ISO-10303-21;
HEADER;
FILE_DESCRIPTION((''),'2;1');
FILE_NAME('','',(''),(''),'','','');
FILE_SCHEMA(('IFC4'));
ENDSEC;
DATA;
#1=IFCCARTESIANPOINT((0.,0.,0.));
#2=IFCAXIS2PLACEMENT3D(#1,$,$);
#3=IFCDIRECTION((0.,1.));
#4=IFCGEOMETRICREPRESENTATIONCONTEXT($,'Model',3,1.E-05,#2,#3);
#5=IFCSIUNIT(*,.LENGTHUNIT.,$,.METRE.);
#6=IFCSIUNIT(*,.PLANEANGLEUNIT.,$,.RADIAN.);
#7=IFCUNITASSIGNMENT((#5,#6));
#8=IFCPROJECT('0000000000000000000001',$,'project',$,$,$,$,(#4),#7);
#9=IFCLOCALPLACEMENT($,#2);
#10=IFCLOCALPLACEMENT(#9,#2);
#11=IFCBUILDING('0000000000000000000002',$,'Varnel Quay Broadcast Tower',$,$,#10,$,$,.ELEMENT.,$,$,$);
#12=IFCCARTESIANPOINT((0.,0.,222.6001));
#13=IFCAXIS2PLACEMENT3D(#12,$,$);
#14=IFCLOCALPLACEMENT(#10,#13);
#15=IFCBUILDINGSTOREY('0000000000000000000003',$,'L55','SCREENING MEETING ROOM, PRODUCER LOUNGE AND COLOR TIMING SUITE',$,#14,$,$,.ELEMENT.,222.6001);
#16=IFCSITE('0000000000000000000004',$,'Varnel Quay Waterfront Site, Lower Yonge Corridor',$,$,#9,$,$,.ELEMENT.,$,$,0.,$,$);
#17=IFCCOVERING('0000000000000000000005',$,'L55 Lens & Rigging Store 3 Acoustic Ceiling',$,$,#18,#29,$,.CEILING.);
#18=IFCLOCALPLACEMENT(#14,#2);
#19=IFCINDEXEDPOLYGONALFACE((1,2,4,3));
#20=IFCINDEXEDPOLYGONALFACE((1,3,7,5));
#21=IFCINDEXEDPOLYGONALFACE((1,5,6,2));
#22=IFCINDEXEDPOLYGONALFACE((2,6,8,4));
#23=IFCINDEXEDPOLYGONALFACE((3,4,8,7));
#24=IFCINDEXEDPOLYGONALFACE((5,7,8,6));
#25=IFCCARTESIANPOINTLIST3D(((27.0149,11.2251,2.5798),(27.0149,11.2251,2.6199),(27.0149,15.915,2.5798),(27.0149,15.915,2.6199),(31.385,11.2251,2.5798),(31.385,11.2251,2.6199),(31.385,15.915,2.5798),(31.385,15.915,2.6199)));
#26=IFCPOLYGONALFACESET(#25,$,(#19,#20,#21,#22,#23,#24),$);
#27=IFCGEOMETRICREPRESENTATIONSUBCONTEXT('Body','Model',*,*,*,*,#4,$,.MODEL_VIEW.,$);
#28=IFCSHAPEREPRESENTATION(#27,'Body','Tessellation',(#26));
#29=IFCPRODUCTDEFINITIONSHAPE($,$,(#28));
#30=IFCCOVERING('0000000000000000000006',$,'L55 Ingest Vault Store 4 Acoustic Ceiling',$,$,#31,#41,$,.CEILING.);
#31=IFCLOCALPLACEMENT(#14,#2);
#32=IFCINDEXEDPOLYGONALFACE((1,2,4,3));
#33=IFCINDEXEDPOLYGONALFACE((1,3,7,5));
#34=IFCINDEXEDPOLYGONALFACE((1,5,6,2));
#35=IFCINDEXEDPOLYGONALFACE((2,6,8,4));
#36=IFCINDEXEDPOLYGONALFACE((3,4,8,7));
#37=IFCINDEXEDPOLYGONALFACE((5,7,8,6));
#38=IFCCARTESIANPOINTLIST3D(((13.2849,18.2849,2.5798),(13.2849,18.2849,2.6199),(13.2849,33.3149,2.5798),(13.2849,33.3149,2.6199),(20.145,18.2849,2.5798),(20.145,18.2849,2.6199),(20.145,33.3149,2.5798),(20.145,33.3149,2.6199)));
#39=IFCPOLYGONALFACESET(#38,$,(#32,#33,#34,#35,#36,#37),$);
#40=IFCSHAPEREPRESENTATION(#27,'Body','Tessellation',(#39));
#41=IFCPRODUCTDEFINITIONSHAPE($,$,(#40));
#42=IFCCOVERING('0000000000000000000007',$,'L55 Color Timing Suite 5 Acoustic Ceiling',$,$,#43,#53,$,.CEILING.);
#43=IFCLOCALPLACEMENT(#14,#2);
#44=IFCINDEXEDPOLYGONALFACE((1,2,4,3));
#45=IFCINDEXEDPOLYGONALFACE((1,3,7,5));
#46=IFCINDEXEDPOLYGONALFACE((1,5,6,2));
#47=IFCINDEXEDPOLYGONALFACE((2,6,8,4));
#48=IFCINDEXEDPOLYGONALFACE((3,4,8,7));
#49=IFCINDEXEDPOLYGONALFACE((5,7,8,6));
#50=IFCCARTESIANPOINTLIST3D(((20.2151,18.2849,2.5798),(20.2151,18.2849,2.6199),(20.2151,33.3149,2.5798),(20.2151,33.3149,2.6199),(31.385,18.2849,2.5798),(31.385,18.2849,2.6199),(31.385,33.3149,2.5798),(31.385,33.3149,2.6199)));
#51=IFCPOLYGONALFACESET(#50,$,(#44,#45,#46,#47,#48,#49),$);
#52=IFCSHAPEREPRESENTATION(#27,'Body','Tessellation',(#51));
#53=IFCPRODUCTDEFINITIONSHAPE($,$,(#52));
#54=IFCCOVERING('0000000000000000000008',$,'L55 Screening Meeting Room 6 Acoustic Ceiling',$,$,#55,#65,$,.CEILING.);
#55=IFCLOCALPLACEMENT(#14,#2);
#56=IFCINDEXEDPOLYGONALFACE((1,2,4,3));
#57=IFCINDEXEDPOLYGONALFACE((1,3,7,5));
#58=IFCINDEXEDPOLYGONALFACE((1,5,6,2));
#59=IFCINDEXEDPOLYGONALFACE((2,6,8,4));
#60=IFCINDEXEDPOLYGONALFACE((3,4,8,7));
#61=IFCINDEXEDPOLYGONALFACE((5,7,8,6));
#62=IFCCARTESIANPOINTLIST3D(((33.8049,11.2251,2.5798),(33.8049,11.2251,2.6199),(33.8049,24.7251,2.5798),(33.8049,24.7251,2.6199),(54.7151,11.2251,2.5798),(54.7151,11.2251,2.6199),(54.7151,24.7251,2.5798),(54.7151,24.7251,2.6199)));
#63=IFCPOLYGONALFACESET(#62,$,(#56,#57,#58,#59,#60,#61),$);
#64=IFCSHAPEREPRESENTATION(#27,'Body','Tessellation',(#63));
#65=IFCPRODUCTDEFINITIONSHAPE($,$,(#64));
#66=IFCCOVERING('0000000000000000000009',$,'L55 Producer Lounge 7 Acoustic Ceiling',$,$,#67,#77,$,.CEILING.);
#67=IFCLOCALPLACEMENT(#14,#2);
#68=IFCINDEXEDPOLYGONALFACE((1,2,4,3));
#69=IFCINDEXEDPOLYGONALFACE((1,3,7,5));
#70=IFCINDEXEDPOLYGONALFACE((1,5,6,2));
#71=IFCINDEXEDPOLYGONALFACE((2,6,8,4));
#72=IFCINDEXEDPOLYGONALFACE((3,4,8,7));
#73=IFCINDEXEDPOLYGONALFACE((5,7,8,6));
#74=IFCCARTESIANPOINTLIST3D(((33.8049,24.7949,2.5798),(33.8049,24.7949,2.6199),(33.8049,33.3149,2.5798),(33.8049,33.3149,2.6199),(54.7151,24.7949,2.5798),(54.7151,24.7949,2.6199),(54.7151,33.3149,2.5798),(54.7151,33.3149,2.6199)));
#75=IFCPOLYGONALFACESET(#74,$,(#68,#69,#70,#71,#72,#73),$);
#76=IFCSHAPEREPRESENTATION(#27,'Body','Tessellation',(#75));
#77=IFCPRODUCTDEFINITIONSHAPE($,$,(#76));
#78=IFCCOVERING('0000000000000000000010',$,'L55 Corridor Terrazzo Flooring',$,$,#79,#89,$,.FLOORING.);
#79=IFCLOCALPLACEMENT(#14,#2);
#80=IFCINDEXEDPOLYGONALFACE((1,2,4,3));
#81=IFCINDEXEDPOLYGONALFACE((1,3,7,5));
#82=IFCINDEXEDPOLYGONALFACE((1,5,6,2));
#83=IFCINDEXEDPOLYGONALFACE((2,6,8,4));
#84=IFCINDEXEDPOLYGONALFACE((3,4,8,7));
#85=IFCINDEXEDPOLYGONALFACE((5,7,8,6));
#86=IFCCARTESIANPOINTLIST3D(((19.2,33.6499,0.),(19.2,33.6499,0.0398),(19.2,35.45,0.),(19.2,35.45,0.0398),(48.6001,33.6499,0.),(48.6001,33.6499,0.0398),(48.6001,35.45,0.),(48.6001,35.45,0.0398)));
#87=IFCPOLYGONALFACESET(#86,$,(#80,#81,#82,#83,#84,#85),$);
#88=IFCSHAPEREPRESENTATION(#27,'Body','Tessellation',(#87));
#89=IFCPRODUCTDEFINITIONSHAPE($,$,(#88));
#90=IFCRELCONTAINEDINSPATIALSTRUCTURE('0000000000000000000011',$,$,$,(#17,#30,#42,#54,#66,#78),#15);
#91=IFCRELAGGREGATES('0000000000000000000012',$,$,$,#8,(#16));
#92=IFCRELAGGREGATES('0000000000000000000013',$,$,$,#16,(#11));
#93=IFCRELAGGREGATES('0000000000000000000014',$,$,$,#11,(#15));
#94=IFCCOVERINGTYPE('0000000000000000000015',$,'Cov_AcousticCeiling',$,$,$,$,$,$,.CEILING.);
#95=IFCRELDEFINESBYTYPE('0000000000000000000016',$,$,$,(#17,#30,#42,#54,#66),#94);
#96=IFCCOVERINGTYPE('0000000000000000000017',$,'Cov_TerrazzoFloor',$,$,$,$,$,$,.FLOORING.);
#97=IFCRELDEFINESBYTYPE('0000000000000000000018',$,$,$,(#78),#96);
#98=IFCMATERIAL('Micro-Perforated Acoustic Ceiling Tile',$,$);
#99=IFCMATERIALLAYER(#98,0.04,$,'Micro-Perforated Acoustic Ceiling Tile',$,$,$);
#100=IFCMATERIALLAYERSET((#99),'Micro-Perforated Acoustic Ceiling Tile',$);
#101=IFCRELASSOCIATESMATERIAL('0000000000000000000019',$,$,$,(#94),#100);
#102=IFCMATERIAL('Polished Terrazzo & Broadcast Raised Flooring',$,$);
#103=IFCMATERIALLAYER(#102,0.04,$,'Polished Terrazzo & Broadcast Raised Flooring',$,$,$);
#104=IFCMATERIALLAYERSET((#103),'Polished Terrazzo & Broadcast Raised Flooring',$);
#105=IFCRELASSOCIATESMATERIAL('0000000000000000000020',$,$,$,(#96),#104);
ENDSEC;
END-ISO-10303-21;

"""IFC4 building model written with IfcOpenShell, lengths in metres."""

from ifc_helpers import new_model, si_unit, direction, frame, origin, place, context, subcontext, project, spatial, polyline, outline, extrude, material, layer, layer_set, type_object, element, save


model = new_model("IFC4")

# Units and contexts
model_context = context("Model", 3, precision=1e-05, world=origin(), true_north=direction((0.0, 1.0)))
body_context = subcontext(model_context, "Body", "Model", "MODEL_VIEW")
ifc_project = project(units=[si_unit("LENGTHUNIT", "METRE"), si_unit("PLANEANGLEUNIT", "RADIAN")], contexts=[model_context])

# Site, building, storey
site_placement = place(None, origin())
site = spatial("IfcSite", under=ifc_project, at=site_placement, Name="Varnel Quay Waterfront Site, Lower Yonge Corridor", CompositionType="ELEMENT", RefElevation=0.0)
building_placement = place(site_placement, origin())
building = spatial("IfcBuilding", under=site, at=building_placement, Name="Varnel Quay Broadcast Tower", CompositionType="ELEMENT")
storey_placement = place(building_placement, frame((0.0, 0.0, 222.6001)))
storey = spatial("IfcBuildingStorey", under=building, at=storey_placement, Name="L55", Description="SCREENING MEETING ROOM, PRODUCER LOUNGE AND COLOR TIMING SUITE", CompositionType="ELEMENT", Elevation=222.6001)

# Coverings
ifc_material_1 = material(Name="Micro-Perforated Acoustic Ceiling Tile")
ifc_layer_1 = layer(ifc_material_1, 0.04, Name="Micro-Perforated Acoustic Ceiling Tile")
ifc_layer_set_1 = layer_set([ifc_layer_1], Name="Micro-Perforated Acoustic Ceiling Tile")
covering_type_1 = type_object("IfcCoveringType", Name="Cov_AcousticCeiling", PredefinedType="CEILING", material=ifc_layer_set_1)
covering_1_placement = place(storey_placement, frame((0.0, 0.0, 2.5798)))
element("IfcCovering", 1, at=covering_1_placement, inside=storey, type_object=covering_type_1, Name="L55 Lens & Rigging Store 3 Acoustic Ceiling", PredefinedType="CEILING", context=body_context, shape_type="SweptSolid", body=[
    extrude(outline(polyline([(27.0149, 11.2251), (31.385, 11.2251), (31.385, 15.915), (27.0149, 15.915), (27.0149, 11.2251)])), origin(), (0.0, 0.0, 1.0), 0.04),
])
covering_2_placement = place(storey_placement, frame((0.0, 0.0, 2.5798)))
element("IfcCovering", 2, at=covering_2_placement, inside=storey, type_object=covering_type_1, Name="L55 Ingest Vault Store 4 Acoustic Ceiling", PredefinedType="CEILING", context=body_context, shape_type="SweptSolid", body=[
    extrude(outline(polyline([(13.2849, 18.2849), (20.145, 18.2849), (20.145, 33.3149), (13.2849, 33.3149), (13.2849, 18.2849)])), origin(), (0.0, 0.0, 1.0), 0.04),
])
covering_3_placement = place(storey_placement, frame((0.0, 0.0, 2.5798)))
element("IfcCovering", 3, at=covering_3_placement, inside=storey, type_object=covering_type_1, Name="L55 Color Timing Suite 5 Acoustic Ceiling", PredefinedType="CEILING", context=body_context, shape_type="SweptSolid", body=[
    extrude(outline(polyline([(20.2151, 18.2849), (31.385, 18.2849), (31.385, 33.3149), (20.2151, 33.3149), (20.2151, 18.2849)])), origin(), (0.0, 0.0, 1.0), 0.04),
])
covering_4_placement = place(storey_placement, frame((0.0, 0.0, 2.5798)))
element("IfcCovering", 4, at=covering_4_placement, inside=storey, type_object=covering_type_1, Name="L55 Screening Meeting Room 6 Acoustic Ceiling", PredefinedType="CEILING", context=body_context, shape_type="SweptSolid", body=[
    extrude(outline(polyline([(33.8049, 11.2251), (54.7151, 11.2251), (54.7151, 24.7251), (33.8049, 24.7251), (33.8049, 11.2251)])), origin(), (0.0, 0.0, 1.0), 0.04),
])
covering_5_placement = place(storey_placement, frame((0.0, 0.0, 2.5798)))
element("IfcCovering", 5, at=covering_5_placement, inside=storey, type_object=covering_type_1, Name="L55 Producer Lounge 7 Acoustic Ceiling", PredefinedType="CEILING", context=body_context, shape_type="SweptSolid", body=[
    extrude(outline(polyline([(33.8049, 24.7949), (54.7151, 24.7949), (54.7151, 33.3149), (33.8049, 33.3149), (33.8049, 24.7949)])), origin(), (0.0, 0.0, 1.0), 0.04),
])
ifc_material_2 = material(Name="Polished Terrazzo & Broadcast Raised Flooring")
ifc_layer_2 = layer(ifc_material_2, 0.04, Name="Polished Terrazzo & Broadcast Raised Flooring")
ifc_layer_set_2 = layer_set([ifc_layer_2], Name="Polished Terrazzo & Broadcast Raised Flooring")
covering_type_2 = type_object("IfcCoveringType", Name="Cov_TerrazzoFloor", PredefinedType="FLOORING", material=ifc_layer_set_2)
covering_6_placement = place(storey_placement, origin())
element("IfcCovering", 6, at=covering_6_placement, inside=storey, type_object=covering_type_2, Name="L55 Corridor Terrazzo Flooring", PredefinedType="FLOORING", context=body_context, shape_type="SweptSolid", body=[
    extrude(outline(polyline([(19.2, 33.6499), (48.6001, 33.6499), (48.6001, 35.45), (19.2, 35.45), (19.2, 33.6499)])), origin(), (0.0, 0.0, 1.0), 0.0398),
])

save(model, "model.ifc")
